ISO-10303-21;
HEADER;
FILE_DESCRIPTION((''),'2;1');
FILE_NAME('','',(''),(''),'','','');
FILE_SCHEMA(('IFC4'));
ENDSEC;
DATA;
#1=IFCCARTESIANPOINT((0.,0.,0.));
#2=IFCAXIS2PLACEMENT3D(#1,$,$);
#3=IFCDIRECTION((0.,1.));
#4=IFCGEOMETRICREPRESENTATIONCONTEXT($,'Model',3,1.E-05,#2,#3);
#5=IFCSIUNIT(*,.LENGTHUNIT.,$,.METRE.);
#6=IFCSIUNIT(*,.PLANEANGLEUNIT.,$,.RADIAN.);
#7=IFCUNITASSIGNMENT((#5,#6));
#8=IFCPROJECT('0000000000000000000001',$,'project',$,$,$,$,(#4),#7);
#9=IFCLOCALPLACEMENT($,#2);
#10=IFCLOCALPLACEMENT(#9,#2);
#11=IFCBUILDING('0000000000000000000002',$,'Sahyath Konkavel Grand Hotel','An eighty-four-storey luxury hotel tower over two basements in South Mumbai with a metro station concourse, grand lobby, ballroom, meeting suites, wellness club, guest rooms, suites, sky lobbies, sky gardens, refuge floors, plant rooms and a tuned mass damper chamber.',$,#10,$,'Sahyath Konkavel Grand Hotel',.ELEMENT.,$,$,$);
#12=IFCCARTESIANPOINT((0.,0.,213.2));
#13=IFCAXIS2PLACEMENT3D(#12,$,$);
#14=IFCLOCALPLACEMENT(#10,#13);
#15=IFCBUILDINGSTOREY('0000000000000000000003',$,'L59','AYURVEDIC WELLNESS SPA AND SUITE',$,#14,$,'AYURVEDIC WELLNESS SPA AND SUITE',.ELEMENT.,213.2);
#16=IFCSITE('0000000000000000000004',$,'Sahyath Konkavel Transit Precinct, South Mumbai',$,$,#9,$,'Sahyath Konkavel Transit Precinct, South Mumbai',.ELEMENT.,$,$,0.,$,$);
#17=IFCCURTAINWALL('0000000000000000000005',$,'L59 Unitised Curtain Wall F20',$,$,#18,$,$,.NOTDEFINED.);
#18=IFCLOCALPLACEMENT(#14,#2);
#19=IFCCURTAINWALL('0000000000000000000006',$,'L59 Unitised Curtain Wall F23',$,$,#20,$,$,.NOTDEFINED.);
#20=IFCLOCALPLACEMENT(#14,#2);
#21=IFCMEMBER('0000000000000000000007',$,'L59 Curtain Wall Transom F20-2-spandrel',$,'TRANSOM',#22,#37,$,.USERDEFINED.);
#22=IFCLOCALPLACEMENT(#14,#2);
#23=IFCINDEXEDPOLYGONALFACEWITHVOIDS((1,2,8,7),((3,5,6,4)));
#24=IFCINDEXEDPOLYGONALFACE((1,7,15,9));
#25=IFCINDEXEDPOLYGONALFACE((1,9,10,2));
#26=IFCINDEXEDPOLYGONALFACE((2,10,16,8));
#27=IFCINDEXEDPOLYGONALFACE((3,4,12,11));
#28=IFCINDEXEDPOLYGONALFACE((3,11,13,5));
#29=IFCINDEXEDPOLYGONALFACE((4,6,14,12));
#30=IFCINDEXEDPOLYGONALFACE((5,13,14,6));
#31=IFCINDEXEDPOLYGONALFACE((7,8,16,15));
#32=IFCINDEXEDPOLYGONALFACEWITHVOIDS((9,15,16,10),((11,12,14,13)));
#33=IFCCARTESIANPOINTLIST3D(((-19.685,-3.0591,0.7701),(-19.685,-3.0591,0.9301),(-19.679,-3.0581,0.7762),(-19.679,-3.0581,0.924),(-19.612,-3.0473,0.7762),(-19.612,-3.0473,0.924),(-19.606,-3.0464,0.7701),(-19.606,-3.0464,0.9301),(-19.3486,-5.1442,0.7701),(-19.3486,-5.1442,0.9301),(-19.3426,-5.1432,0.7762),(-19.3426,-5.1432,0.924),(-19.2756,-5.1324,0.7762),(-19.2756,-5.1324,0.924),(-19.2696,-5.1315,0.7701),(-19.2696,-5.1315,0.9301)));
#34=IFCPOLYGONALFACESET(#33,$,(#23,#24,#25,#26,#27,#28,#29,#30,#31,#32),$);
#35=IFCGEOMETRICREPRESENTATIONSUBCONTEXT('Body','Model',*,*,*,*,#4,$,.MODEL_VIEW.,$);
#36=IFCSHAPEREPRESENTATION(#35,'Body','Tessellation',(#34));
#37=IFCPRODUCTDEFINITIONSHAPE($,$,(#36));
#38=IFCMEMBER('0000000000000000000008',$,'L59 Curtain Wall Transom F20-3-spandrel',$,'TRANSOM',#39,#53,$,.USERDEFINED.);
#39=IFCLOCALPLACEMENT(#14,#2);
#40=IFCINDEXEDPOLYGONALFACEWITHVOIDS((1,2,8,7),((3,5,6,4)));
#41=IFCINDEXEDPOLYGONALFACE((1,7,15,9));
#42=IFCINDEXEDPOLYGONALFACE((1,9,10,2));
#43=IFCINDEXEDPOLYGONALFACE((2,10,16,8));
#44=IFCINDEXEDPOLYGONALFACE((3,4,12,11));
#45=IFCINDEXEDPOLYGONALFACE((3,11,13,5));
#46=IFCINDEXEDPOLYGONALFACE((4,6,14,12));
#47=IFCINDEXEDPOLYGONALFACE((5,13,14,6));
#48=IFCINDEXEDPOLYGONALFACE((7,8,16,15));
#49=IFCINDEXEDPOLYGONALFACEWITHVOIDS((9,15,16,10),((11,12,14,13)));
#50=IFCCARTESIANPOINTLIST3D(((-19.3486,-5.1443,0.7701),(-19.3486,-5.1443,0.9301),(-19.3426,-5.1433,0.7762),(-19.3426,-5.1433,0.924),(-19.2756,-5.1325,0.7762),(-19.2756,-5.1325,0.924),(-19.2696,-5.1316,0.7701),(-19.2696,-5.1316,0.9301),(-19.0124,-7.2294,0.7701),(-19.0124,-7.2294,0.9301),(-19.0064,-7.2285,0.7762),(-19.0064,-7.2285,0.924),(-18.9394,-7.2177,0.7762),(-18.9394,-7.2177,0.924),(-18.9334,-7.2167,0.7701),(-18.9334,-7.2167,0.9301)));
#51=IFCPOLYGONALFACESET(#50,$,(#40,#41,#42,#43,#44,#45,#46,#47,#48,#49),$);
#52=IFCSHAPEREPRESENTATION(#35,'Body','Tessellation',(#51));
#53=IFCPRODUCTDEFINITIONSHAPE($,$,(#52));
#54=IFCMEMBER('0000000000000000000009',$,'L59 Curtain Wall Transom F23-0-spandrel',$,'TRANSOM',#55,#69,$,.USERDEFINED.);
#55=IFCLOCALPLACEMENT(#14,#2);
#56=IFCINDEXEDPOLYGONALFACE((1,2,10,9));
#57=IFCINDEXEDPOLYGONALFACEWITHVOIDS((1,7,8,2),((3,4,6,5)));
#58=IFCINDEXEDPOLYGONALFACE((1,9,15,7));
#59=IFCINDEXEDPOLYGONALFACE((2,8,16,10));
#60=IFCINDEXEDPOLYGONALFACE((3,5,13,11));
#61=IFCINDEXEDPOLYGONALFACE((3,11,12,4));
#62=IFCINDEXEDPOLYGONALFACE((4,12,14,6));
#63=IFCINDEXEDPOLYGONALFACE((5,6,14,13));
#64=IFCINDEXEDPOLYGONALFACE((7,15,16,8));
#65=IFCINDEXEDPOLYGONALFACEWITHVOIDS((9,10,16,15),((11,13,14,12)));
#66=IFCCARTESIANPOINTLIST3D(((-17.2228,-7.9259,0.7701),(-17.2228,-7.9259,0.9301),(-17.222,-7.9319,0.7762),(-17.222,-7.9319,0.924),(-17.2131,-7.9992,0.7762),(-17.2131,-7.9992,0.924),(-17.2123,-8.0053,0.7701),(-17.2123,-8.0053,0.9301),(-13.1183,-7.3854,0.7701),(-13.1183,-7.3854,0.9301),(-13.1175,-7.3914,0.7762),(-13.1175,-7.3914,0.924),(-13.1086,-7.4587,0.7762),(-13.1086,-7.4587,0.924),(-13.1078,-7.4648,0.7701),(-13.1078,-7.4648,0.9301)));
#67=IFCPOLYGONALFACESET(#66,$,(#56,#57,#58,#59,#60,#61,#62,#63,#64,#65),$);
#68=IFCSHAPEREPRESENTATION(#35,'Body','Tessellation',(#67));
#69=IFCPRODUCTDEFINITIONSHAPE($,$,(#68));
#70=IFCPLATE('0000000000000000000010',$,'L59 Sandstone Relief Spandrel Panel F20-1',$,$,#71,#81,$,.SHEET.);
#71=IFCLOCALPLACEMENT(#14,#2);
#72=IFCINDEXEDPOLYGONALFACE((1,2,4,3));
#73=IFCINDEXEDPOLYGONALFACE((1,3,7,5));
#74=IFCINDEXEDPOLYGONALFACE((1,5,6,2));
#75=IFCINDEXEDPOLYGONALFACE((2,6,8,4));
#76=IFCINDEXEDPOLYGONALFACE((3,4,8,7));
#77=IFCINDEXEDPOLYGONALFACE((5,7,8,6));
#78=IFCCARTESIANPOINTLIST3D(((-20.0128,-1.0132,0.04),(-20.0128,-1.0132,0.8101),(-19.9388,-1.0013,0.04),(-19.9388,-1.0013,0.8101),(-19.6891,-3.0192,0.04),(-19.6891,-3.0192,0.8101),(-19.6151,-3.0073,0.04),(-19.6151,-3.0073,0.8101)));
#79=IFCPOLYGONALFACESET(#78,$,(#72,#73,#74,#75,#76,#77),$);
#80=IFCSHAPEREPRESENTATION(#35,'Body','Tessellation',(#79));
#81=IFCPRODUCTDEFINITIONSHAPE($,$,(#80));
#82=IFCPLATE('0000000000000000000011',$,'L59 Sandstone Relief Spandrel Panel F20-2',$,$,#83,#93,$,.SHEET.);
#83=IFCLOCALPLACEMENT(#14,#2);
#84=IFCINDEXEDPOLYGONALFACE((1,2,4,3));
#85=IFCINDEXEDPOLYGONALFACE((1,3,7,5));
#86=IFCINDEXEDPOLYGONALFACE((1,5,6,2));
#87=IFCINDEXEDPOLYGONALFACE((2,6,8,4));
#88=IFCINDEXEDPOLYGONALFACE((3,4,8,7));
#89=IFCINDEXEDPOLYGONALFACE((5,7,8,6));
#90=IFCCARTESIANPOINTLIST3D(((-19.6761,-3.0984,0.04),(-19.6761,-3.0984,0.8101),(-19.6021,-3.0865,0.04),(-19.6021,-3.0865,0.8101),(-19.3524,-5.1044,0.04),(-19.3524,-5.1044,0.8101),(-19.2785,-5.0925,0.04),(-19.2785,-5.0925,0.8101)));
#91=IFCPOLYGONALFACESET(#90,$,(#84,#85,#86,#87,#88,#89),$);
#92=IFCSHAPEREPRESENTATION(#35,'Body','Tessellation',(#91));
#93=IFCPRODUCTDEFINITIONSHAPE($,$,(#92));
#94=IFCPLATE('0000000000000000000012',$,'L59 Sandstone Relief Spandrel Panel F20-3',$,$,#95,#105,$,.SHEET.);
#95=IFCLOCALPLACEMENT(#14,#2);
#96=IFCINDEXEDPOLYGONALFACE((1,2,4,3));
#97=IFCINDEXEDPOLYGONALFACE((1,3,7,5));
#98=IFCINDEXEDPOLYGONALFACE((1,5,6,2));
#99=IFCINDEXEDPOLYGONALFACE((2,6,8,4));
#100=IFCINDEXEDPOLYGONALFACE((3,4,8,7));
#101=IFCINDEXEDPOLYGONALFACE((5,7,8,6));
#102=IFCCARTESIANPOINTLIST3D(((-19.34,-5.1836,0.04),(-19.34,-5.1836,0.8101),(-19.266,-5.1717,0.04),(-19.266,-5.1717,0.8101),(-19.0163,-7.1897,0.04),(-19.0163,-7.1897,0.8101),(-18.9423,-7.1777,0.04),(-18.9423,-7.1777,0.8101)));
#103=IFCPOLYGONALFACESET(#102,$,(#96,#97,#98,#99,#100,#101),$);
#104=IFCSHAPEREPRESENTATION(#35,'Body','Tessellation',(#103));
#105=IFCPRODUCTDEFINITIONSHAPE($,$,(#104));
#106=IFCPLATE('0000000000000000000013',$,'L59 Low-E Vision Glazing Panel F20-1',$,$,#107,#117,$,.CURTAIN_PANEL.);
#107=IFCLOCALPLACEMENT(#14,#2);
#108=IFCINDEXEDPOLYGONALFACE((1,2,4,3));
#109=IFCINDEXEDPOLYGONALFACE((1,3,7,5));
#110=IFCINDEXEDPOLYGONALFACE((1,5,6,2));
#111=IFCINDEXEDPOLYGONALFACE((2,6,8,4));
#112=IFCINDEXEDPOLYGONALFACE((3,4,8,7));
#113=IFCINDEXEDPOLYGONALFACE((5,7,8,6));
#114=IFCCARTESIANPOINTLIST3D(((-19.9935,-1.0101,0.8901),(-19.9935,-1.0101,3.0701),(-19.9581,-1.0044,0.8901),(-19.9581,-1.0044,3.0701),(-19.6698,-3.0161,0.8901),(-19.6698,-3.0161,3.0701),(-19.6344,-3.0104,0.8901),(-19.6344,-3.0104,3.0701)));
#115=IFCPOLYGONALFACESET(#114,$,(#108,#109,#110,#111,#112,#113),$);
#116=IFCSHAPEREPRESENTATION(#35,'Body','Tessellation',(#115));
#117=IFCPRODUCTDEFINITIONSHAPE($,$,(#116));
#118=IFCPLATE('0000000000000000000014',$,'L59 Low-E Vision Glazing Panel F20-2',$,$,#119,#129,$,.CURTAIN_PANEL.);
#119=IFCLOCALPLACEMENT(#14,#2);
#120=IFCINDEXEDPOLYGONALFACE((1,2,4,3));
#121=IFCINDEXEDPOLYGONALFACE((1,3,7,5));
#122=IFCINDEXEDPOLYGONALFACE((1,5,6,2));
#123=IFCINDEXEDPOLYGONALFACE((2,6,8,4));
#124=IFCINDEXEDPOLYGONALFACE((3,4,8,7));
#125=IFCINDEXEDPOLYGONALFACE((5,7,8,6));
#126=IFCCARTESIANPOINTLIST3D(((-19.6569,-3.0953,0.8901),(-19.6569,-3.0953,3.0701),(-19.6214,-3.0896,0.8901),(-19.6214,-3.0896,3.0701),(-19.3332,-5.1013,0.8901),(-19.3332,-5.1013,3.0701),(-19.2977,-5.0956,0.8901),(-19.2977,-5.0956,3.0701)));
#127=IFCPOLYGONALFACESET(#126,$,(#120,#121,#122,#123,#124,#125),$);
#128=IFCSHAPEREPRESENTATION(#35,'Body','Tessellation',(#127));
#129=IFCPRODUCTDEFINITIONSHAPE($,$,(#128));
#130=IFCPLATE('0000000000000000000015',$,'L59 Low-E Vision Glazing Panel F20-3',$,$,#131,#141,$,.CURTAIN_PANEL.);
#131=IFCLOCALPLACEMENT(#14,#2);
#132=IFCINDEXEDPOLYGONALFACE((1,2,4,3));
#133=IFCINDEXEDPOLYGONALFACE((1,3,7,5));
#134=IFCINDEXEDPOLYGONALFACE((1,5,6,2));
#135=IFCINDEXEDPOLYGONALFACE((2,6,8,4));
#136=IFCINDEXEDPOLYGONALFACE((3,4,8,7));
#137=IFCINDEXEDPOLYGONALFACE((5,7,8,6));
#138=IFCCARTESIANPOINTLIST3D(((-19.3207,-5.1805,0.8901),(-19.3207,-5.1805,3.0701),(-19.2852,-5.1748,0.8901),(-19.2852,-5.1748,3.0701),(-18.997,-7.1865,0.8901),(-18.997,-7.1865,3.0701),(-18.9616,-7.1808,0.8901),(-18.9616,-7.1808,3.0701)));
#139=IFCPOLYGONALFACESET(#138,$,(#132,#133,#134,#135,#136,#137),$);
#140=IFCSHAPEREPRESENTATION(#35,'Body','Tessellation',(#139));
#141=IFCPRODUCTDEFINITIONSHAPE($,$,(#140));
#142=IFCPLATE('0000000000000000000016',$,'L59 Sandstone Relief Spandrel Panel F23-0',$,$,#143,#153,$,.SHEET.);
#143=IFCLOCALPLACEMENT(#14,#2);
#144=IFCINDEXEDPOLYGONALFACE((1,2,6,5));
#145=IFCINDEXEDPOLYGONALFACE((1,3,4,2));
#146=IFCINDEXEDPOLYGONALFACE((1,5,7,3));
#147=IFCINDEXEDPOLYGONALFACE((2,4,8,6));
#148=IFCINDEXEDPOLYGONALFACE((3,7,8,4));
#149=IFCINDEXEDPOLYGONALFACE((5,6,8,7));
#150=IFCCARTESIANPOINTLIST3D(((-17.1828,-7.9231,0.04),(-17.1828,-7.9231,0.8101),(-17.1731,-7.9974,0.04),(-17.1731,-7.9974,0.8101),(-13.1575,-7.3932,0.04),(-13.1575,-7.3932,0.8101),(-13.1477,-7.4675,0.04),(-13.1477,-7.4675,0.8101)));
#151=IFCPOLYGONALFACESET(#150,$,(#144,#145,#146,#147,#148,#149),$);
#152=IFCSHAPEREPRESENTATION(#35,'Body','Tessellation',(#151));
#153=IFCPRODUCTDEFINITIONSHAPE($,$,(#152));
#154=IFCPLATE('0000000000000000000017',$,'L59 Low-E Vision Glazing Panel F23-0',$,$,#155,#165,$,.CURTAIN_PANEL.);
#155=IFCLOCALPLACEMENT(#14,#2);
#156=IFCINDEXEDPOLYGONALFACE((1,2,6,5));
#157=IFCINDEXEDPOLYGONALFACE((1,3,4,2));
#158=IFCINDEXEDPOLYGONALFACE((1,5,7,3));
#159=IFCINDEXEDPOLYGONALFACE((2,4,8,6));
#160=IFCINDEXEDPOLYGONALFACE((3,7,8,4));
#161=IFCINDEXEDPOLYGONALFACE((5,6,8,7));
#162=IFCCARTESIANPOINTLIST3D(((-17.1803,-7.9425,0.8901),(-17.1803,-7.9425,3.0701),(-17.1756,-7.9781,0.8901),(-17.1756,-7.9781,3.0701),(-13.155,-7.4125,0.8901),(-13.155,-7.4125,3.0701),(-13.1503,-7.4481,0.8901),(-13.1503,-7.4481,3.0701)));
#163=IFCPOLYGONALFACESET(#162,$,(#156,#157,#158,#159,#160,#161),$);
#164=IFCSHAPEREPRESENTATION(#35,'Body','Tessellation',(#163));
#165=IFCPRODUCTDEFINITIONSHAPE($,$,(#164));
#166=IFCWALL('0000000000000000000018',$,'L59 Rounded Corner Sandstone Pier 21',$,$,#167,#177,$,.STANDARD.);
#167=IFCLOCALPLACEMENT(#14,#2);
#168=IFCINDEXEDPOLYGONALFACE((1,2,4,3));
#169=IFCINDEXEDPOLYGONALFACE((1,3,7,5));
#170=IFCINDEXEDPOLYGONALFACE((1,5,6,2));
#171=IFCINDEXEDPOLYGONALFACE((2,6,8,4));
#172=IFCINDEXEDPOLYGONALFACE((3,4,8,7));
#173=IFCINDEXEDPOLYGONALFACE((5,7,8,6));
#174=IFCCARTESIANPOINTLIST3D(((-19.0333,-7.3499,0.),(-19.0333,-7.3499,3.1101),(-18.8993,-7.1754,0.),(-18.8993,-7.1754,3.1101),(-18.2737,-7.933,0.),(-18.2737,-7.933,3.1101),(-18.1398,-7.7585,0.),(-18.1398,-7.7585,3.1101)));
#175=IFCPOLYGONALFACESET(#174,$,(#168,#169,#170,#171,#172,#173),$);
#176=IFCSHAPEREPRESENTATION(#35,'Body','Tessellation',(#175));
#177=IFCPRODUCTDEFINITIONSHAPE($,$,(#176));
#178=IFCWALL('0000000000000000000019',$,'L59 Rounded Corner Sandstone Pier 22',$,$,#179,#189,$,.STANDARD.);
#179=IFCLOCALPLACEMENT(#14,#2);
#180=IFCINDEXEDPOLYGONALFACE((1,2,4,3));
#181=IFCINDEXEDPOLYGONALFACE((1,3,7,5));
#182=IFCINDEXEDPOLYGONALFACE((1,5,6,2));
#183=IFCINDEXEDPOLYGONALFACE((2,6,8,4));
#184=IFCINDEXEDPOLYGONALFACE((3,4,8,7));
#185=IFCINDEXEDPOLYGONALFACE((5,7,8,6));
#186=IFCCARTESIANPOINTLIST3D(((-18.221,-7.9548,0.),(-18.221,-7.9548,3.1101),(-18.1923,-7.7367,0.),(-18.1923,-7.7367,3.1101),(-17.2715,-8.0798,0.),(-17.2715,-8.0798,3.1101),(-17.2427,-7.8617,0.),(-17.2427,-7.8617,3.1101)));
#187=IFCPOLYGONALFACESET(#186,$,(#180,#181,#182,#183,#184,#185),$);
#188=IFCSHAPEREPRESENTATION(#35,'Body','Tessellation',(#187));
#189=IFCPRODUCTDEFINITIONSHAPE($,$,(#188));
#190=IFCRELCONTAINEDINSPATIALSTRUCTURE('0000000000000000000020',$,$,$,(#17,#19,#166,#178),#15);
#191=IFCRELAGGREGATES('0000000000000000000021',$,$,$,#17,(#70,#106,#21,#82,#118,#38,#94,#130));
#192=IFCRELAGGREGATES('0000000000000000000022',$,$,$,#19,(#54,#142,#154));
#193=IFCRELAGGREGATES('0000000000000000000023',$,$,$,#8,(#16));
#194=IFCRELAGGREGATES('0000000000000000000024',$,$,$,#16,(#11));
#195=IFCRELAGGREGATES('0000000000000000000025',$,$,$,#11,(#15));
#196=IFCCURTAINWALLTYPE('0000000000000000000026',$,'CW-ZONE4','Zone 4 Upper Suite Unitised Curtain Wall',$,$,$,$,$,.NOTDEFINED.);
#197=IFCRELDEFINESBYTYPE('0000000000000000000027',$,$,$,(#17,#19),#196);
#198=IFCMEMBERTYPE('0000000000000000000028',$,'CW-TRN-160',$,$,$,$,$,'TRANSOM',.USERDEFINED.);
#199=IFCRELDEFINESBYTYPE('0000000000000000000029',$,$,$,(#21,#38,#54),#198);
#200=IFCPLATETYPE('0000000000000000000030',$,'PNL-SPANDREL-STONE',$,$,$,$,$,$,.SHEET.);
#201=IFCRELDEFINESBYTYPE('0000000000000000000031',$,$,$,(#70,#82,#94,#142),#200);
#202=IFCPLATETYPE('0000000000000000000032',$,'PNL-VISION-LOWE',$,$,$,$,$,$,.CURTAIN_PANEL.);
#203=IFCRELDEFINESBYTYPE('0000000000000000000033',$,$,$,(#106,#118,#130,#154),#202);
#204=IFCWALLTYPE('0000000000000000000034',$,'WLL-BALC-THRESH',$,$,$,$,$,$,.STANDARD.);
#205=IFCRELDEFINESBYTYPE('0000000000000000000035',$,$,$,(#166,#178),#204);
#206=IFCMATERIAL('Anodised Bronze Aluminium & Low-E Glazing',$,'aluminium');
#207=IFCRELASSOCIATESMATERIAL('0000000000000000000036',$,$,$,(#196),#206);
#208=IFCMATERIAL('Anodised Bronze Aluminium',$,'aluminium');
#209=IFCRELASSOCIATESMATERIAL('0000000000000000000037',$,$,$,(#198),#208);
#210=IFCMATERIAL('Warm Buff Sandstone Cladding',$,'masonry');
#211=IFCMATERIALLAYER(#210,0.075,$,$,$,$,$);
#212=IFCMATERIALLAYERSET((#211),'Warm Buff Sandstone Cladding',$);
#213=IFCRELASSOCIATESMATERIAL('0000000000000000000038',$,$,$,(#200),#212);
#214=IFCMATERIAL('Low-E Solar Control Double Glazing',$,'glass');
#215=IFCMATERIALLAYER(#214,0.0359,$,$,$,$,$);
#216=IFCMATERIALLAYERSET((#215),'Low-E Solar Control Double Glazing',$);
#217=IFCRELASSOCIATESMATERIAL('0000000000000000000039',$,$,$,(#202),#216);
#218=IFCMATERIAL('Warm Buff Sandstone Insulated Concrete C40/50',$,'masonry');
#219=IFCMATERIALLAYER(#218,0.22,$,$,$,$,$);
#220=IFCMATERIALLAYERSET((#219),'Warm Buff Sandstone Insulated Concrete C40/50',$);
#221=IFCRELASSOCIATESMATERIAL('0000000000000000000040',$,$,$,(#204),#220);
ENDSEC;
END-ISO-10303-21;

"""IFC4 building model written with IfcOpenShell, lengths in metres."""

from ifc_helpers import new_model, si_unit, direction, frame, frame_2d, origin, origin_2d, place, context, subcontext, project, spatial, rectangle, hollow_rectangle, extrude, source, transform, mapped, material, layer, layer_set, material_profile, profile_set, type_object, element, aggregate, save


model = new_model("IFC4")

# Units and contexts
model_context = context("Model", 3, precision=1e-05, world=origin(), true_north=direction((0.0, 1.0)))
body_context = subcontext(model_context, "Body", "Model", "MODEL_VIEW")
ifc_project = project(units=[si_unit("LENGTHUNIT", "METRE"), si_unit("PLANEANGLEUNIT", "RADIAN")], contexts=[model_context])

# Site, building, storey
site_placement = place(None, origin())
site = spatial("IfcSite", under=ifc_project, at=site_placement, Name="Sahyath Konkavel Transit Precinct, South Mumbai", LongName="Sahyath Konkavel Transit Precinct, South Mumbai", CompositionType="ELEMENT", RefElevation=0.0)
building_placement = place(site_placement, origin())
building = spatial("IfcBuilding", under=site, at=building_placement, Name="Sahyath Konkavel Grand Hotel", Description="An eighty-four-storey luxury hotel tower over two basements in South Mumbai with a metro station concourse, grand lobby, ballroom, meeting suites, wellness club, guest rooms, suites, sky lobbies, sky gardens, refuge floors, plant rooms and a tuned mass damper chamber.", LongName="Sahyath Konkavel Grand Hotel", CompositionType="ELEMENT")
storey_placement = place(building_placement, frame((0.0, 0.0, 213.2)))
storey = spatial("IfcBuildingStorey", under=building, at=storey_placement, Name="L59", Description="AYURVEDIC WELLNESS SPA AND SUITE", LongName="AYURVEDIC WELLNESS SPA AND SUITE", CompositionType="ELEMENT", Elevation=213.2)

# Curtain walls
ifc_material_1 = material(Name="Anodised Bronze Aluminium & Low-E Glazing", Category="aluminium")
curtain_wall_type = type_object("IfcCurtainWallType", Name="CW-ZONE4", Description="Zone 4 Upper Suite Unitised Curtain Wall", PredefinedType="NOTDEFINED", material=ifc_material_1)
curtain_wall_1_placement = place(storey_placement, origin())
curtain_wall_1 = element("IfcCurtainWall", 1, at=curtain_wall_1_placement, inside=storey, type_object=curtain_wall_type, Name="L59 Unitised Curtain Wall F20", PredefinedType="NOTDEFINED")
ifc_material_2 = material(Name="Anodised Bronze Aluminium", Category="aluminium")
curtain_wall_2_placement = place(storey_placement, origin())
curtain_wall_2 = element("IfcCurtainWall", 2, at=curtain_wall_2_placement, inside=storey, type_object=curtain_wall_type, Name="L59 Unitised Curtain Wall F23", PredefinedType="NOTDEFINED")

# Members
ifc_material_profile_1 = material_profile(ifc_material_2, hollow_rectangle(XDim=0.0801, YDim=0.1599, WallThickness=0.0061, at=origin_2d()), Name="RHS 160x80x6")
ifc_profile_set_1 = profile_set([ifc_material_profile_1], Name="Anodised Bronze Aluminium")
member_type_1 = type_object("IfcMemberType", Name="CW-TRN-160", ElementType="TRANSOM", PredefinedType="USERDEFINED", material=ifc_profile_set_1)
shared_shape_1 = source(origin(), body_context, "Body", "SweptSolid", [
    extrude(hollow_rectangle(XDim=0.0801, YDim=0.1599, WallThickness=0.0061, at=origin_2d()), origin(), (0.0, 0.0, 1.0), 2.1121),
])
member_1_placement = place(storey_placement, frame((-19.6455, -3.0527, 0.8501), z_axis=(0.15928, -0.987233, 0.0), x_axis=(0.987233, 0.15928, 0.0)))
member_1 = element("IfcMember", 3, at=member_1_placement, type_object=member_type_1, Name="L59 Curtain Wall Transom F20-2-spandrel", ObjectType="TRANSOM", PredefinedType="USERDEFINED", context=body_context, shape_type="MappedRepresentation", body=[
    mapped(shared_shape_1, transform((0.0, 0.0, 0.0), scale=1.0)),
])
member_2_placement = place(storey_placement, frame((-19.3091, -5.1379, 0.8501), z_axis=(0.159167, -0.987252, 0.0), x_axis=(0.987252, 0.159167, 0.0)))
member_2 = element("IfcMember", 4, at=member_2_placement, type_object=member_type_1, Name="L59 Curtain Wall Transom F20-3-spandrel", ObjectType="TRANSOM", PredefinedType="USERDEFINED", context=body_context, shape_type="MappedRepresentation", body=[
    mapped(shared_shape_1, transform((0.0, 0.0, 0.0), scale=1.0)),
])
shared_shape_2 = source(origin(), body_context, "Body", "SweptSolid", [
    extrude(hollow_rectangle(XDim=0.0801, YDim=0.1599, WallThickness=0.0061, at=origin_2d()), origin(), (0.0, 0.0, 1.0), 4.1399),
])
member_3_placement = place(storey_placement, frame((-17.2175, -7.9656, 0.8501), z_axis=(0.99144, 0.130564, 0.0), x_axis=(-0.130564, 0.99144, 0.0)))
member_3 = element("IfcMember", 5, at=member_3_placement, type_object=member_type_1, Name="L59 Curtain Wall Transom F23-0-spandrel", ObjectType="TRANSOM", PredefinedType="USERDEFINED", context=body_context, shape_type="MappedRepresentation", body=[
    mapped(shared_shape_2, transform((0.0, 0.0, 0.0), scale=1.0)),
])

# Plates
ifc_material_3 = material(Name="Warm Buff Sandstone Cladding", Category="masonry")
ifc_layer_1 = layer(ifc_material_3, 0.075)
ifc_layer_set_1 = layer_set([ifc_layer_1], Name="Warm Buff Sandstone Cladding")
plate_type_1 = type_object("IfcPlateType", Name="PNL-SPANDREL-STONE", PredefinedType="SHEET", material=ifc_layer_set_1)
shared_shape_3 = source(origin(), body_context, "Body", "SweptSolid", [
    extrude(rectangle(XDim=2.032, YDim=0.075, at=origin_2d()), origin(), (0.0, 0.0, 1.0), 0.77),
])
plate_1_placement = place(storey_placement, frame((-19.814, -2.0103, 0.04), z_axis=(0.0, 0.0, 1.0), x_axis=(0.159295, -0.987231, 0.0)))
plate_1 = element("IfcPlate", 6, at=plate_1_placement, type_object=plate_type_1, Name="L59 Sandstone Relief Spandrel Panel F20-1", PredefinedType="SHEET", context=body_context, shape_type="MappedRepresentation", body=[
    mapped(shared_shape_3, transform((0.0, 0.0, 0.0), scale=1.0)),
])
plate_2_placement = place(storey_placement, frame((-19.4773, -4.0955, 0.04), z_axis=(0.0, 0.0, 1.0), x_axis=(0.159295, -0.987231, 0.0)))
plate_2 = element("IfcPlate", 7, at=plate_2_placement, type_object=plate_type_1, Name="L59 Sandstone Relief Spandrel Panel F20-2", PredefinedType="SHEET", context=body_context, shape_type="MappedRepresentation", body=[
    mapped(shared_shape_3, transform((0.0, 0.0, 0.0), scale=1.0)),
])
plate_3_placement = place(storey_placement, frame((-19.1411, -6.1807, 0.04), z_axis=(0.0, 0.0, 1.0), x_axis=(0.159295, -0.987231, 0.0)))
plate_3 = element("IfcPlate", 8, at=plate_3_placement, type_object=plate_type_1, Name="L59 Sandstone Relief Spandrel Panel F20-3", PredefinedType="SHEET", context=body_context, shape_type="MappedRepresentation", body=[
    mapped(shared_shape_3, transform((0.0, 0.0, 0.0), scale=1.0)),
])
ifc_material_4 = material(Name="Low-E Solar Control Double Glazing", Category="glass")
ifc_layer_2 = layer(ifc_material_4, 0.0359)
ifc_layer_set_2 = layer_set([ifc_layer_2], Name="Low-E Solar Control Double Glazing")
plate_type_2 = type_object("IfcPlateType", Name="PNL-VISION-LOWE", PredefinedType="CURTAIN_PANEL", material=ifc_layer_set_2)
shared_shape_4 = source(origin(), body_context, "Body", "SweptSolid", [
    extrude(rectangle(XDim=2.032, YDim=0.0359, at=origin_2d()), origin(), (0.0, 0.0, 1.0), 2.1799),
])
plate_4_placement = place(storey_placement, frame((-19.814, -2.0103, 0.8901), z_axis=(0.0, 0.0, 1.0), x_axis=(0.159295, -0.987231, 0.0)))
plate_4 = element("IfcPlate", 9, at=plate_4_placement, type_object=plate_type_2, Name="L59 Low-E Vision Glazing Panel F20-1", PredefinedType="CURTAIN_PANEL", context=body_context, shape_type="MappedRepresentation", body=[
    mapped(shared_shape_4, transform((0.0, 0.0, 0.0), scale=1.0)),
])
plate_5_placement = place(storey_placement, frame((-19.4773, -4.0955, 0.8901), z_axis=(0.0, 0.0, 1.0), x_axis=(0.159295, -0.987231, 0.0)))
plate_5 = element("IfcPlate", 10, at=plate_5_placement, type_object=plate_type_2, Name="L59 Low-E Vision Glazing Panel F20-2", PredefinedType="CURTAIN_PANEL", context=body_context, shape_type="MappedRepresentation", body=[
    mapped(shared_shape_4, transform((0.0, 0.0, 0.0), scale=1.0)),
])
plate_6_placement = place(storey_placement, frame((-19.1411, -6.1807, 0.8901), z_axis=(0.0, 0.0, 1.0), x_axis=(0.159295, -0.987231, 0.0)))
plate_6 = element("IfcPlate", 11, at=plate_6_placement, type_object=plate_type_2, Name="L59 Low-E Vision Glazing Panel F20-3", PredefinedType="CURTAIN_PANEL", context=body_context, shape_type="MappedRepresentation", body=[
    mapped(shared_shape_4, transform((0.0, 0.0, 0.0), scale=1.0)),
])
aggregate(curtain_wall_1, [plate_1, plate_4, member_1, plate_2, plate_5, member_2, plate_3, plate_6])
shared_shape_5 = source(origin(), body_context, "Body", "SweptSolid", [
    extrude(rectangle(XDim=4.0601, YDim=0.075, at=origin_2d()), origin(), (0.0, 0.0, 1.0), 0.77),
])
plate_7_placement = place(storey_placement, frame((-15.1653, -7.6953, 0.04), z_axis=(0.0, 0.0, 1.0), x_axis=(0.991445, 0.130526, 0.0)))
plate_7 = element("IfcPlate", 12, at=plate_7_placement, type_object=plate_type_1, Name="L59 Sandstone Relief Spandrel Panel F23-0", PredefinedType="SHEET", context=body_context, shape_type="MappedRepresentation", body=[
    mapped(shared_shape_5, transform((0.0, 0.0, 0.0), scale=1.0)),
])
shared_shape_6 = source(origin(), body_context, "Body", "SweptSolid", [
    extrude(rectangle(XDim=4.0601, YDim=0.0359, at=origin_2d()), origin(), (0.0, 0.0, 1.0), 2.1799),
])
plate_8_placement = place(storey_placement, frame((-15.1653, -7.6953, 0.8901), z_axis=(0.0, 0.0, 1.0), x_axis=(0.991445, 0.130526, 0.0)))
plate_8 = element("IfcPlate", 13, at=plate_8_placement, type_object=plate_type_2, Name="L59 Low-E Vision Glazing Panel F23-0", PredefinedType="CURTAIN_PANEL", context=body_context, shape_type="MappedRepresentation", body=[
    mapped(shared_shape_6, transform((0.0, 0.0, 0.0), scale=1.0)),
])
aggregate(curtain_wall_2, [member_3, plate_7, plate_8])

# Walls
ifc_material_5 = material(Name="Warm Buff Sandstone Insulated Concrete C40/50", Category="masonry")
ifc_layer_3 = layer(ifc_material_5, 0.22)
ifc_layer_set_3 = layer_set([ifc_layer_3], Name="Warm Buff Sandstone Insulated Concrete C40/50")
wall_type = type_object("IfcWallType", Name="WLL-BALC-THRESH", PredefinedType="STANDARD", material=ifc_layer_set_3)
wall_1_placement = place(storey_placement, frame((-18.9663, -7.2627, 0.0), z_axis=(0.0, 0.0, 1.0), x_axis=(0.793249, -0.608897, 0.0)))
element("IfcWall", 14, at=wall_1_placement, inside=storey, type_object=wall_type, Name="L59 Rounded Corner Sandstone Pier 21", PredefinedType="STANDARD", context=body_context, shape_type="SweptSolid", body=[
    extrude(rectangle(XDim=0.9575, YDim=0.22, at=frame_2d((0.4788, 0.0))), origin(), (0.0, 0.0, 1.0), 3.1101),
])
wall_2_placement = place(storey_placement, frame((-18.2068, -7.8457, 0.0), z_axis=(0.0, 0.0, 1.0), x_axis=(0.991445, -0.130527, 0.0)))
element("IfcWall", 15, at=wall_2_placement, inside=storey, type_object=wall_type, Name="L59 Rounded Corner Sandstone Pier 22", PredefinedType="STANDARD", context=body_context, shape_type="SweptSolid", body=[
    extrude(rectangle(XDim=0.9578, YDim=0.22, at=frame_2d((0.479, 0.0))), origin(), (0.0, 0.0, 1.0), 3.1101),
])

save(model, "model.ifc")
